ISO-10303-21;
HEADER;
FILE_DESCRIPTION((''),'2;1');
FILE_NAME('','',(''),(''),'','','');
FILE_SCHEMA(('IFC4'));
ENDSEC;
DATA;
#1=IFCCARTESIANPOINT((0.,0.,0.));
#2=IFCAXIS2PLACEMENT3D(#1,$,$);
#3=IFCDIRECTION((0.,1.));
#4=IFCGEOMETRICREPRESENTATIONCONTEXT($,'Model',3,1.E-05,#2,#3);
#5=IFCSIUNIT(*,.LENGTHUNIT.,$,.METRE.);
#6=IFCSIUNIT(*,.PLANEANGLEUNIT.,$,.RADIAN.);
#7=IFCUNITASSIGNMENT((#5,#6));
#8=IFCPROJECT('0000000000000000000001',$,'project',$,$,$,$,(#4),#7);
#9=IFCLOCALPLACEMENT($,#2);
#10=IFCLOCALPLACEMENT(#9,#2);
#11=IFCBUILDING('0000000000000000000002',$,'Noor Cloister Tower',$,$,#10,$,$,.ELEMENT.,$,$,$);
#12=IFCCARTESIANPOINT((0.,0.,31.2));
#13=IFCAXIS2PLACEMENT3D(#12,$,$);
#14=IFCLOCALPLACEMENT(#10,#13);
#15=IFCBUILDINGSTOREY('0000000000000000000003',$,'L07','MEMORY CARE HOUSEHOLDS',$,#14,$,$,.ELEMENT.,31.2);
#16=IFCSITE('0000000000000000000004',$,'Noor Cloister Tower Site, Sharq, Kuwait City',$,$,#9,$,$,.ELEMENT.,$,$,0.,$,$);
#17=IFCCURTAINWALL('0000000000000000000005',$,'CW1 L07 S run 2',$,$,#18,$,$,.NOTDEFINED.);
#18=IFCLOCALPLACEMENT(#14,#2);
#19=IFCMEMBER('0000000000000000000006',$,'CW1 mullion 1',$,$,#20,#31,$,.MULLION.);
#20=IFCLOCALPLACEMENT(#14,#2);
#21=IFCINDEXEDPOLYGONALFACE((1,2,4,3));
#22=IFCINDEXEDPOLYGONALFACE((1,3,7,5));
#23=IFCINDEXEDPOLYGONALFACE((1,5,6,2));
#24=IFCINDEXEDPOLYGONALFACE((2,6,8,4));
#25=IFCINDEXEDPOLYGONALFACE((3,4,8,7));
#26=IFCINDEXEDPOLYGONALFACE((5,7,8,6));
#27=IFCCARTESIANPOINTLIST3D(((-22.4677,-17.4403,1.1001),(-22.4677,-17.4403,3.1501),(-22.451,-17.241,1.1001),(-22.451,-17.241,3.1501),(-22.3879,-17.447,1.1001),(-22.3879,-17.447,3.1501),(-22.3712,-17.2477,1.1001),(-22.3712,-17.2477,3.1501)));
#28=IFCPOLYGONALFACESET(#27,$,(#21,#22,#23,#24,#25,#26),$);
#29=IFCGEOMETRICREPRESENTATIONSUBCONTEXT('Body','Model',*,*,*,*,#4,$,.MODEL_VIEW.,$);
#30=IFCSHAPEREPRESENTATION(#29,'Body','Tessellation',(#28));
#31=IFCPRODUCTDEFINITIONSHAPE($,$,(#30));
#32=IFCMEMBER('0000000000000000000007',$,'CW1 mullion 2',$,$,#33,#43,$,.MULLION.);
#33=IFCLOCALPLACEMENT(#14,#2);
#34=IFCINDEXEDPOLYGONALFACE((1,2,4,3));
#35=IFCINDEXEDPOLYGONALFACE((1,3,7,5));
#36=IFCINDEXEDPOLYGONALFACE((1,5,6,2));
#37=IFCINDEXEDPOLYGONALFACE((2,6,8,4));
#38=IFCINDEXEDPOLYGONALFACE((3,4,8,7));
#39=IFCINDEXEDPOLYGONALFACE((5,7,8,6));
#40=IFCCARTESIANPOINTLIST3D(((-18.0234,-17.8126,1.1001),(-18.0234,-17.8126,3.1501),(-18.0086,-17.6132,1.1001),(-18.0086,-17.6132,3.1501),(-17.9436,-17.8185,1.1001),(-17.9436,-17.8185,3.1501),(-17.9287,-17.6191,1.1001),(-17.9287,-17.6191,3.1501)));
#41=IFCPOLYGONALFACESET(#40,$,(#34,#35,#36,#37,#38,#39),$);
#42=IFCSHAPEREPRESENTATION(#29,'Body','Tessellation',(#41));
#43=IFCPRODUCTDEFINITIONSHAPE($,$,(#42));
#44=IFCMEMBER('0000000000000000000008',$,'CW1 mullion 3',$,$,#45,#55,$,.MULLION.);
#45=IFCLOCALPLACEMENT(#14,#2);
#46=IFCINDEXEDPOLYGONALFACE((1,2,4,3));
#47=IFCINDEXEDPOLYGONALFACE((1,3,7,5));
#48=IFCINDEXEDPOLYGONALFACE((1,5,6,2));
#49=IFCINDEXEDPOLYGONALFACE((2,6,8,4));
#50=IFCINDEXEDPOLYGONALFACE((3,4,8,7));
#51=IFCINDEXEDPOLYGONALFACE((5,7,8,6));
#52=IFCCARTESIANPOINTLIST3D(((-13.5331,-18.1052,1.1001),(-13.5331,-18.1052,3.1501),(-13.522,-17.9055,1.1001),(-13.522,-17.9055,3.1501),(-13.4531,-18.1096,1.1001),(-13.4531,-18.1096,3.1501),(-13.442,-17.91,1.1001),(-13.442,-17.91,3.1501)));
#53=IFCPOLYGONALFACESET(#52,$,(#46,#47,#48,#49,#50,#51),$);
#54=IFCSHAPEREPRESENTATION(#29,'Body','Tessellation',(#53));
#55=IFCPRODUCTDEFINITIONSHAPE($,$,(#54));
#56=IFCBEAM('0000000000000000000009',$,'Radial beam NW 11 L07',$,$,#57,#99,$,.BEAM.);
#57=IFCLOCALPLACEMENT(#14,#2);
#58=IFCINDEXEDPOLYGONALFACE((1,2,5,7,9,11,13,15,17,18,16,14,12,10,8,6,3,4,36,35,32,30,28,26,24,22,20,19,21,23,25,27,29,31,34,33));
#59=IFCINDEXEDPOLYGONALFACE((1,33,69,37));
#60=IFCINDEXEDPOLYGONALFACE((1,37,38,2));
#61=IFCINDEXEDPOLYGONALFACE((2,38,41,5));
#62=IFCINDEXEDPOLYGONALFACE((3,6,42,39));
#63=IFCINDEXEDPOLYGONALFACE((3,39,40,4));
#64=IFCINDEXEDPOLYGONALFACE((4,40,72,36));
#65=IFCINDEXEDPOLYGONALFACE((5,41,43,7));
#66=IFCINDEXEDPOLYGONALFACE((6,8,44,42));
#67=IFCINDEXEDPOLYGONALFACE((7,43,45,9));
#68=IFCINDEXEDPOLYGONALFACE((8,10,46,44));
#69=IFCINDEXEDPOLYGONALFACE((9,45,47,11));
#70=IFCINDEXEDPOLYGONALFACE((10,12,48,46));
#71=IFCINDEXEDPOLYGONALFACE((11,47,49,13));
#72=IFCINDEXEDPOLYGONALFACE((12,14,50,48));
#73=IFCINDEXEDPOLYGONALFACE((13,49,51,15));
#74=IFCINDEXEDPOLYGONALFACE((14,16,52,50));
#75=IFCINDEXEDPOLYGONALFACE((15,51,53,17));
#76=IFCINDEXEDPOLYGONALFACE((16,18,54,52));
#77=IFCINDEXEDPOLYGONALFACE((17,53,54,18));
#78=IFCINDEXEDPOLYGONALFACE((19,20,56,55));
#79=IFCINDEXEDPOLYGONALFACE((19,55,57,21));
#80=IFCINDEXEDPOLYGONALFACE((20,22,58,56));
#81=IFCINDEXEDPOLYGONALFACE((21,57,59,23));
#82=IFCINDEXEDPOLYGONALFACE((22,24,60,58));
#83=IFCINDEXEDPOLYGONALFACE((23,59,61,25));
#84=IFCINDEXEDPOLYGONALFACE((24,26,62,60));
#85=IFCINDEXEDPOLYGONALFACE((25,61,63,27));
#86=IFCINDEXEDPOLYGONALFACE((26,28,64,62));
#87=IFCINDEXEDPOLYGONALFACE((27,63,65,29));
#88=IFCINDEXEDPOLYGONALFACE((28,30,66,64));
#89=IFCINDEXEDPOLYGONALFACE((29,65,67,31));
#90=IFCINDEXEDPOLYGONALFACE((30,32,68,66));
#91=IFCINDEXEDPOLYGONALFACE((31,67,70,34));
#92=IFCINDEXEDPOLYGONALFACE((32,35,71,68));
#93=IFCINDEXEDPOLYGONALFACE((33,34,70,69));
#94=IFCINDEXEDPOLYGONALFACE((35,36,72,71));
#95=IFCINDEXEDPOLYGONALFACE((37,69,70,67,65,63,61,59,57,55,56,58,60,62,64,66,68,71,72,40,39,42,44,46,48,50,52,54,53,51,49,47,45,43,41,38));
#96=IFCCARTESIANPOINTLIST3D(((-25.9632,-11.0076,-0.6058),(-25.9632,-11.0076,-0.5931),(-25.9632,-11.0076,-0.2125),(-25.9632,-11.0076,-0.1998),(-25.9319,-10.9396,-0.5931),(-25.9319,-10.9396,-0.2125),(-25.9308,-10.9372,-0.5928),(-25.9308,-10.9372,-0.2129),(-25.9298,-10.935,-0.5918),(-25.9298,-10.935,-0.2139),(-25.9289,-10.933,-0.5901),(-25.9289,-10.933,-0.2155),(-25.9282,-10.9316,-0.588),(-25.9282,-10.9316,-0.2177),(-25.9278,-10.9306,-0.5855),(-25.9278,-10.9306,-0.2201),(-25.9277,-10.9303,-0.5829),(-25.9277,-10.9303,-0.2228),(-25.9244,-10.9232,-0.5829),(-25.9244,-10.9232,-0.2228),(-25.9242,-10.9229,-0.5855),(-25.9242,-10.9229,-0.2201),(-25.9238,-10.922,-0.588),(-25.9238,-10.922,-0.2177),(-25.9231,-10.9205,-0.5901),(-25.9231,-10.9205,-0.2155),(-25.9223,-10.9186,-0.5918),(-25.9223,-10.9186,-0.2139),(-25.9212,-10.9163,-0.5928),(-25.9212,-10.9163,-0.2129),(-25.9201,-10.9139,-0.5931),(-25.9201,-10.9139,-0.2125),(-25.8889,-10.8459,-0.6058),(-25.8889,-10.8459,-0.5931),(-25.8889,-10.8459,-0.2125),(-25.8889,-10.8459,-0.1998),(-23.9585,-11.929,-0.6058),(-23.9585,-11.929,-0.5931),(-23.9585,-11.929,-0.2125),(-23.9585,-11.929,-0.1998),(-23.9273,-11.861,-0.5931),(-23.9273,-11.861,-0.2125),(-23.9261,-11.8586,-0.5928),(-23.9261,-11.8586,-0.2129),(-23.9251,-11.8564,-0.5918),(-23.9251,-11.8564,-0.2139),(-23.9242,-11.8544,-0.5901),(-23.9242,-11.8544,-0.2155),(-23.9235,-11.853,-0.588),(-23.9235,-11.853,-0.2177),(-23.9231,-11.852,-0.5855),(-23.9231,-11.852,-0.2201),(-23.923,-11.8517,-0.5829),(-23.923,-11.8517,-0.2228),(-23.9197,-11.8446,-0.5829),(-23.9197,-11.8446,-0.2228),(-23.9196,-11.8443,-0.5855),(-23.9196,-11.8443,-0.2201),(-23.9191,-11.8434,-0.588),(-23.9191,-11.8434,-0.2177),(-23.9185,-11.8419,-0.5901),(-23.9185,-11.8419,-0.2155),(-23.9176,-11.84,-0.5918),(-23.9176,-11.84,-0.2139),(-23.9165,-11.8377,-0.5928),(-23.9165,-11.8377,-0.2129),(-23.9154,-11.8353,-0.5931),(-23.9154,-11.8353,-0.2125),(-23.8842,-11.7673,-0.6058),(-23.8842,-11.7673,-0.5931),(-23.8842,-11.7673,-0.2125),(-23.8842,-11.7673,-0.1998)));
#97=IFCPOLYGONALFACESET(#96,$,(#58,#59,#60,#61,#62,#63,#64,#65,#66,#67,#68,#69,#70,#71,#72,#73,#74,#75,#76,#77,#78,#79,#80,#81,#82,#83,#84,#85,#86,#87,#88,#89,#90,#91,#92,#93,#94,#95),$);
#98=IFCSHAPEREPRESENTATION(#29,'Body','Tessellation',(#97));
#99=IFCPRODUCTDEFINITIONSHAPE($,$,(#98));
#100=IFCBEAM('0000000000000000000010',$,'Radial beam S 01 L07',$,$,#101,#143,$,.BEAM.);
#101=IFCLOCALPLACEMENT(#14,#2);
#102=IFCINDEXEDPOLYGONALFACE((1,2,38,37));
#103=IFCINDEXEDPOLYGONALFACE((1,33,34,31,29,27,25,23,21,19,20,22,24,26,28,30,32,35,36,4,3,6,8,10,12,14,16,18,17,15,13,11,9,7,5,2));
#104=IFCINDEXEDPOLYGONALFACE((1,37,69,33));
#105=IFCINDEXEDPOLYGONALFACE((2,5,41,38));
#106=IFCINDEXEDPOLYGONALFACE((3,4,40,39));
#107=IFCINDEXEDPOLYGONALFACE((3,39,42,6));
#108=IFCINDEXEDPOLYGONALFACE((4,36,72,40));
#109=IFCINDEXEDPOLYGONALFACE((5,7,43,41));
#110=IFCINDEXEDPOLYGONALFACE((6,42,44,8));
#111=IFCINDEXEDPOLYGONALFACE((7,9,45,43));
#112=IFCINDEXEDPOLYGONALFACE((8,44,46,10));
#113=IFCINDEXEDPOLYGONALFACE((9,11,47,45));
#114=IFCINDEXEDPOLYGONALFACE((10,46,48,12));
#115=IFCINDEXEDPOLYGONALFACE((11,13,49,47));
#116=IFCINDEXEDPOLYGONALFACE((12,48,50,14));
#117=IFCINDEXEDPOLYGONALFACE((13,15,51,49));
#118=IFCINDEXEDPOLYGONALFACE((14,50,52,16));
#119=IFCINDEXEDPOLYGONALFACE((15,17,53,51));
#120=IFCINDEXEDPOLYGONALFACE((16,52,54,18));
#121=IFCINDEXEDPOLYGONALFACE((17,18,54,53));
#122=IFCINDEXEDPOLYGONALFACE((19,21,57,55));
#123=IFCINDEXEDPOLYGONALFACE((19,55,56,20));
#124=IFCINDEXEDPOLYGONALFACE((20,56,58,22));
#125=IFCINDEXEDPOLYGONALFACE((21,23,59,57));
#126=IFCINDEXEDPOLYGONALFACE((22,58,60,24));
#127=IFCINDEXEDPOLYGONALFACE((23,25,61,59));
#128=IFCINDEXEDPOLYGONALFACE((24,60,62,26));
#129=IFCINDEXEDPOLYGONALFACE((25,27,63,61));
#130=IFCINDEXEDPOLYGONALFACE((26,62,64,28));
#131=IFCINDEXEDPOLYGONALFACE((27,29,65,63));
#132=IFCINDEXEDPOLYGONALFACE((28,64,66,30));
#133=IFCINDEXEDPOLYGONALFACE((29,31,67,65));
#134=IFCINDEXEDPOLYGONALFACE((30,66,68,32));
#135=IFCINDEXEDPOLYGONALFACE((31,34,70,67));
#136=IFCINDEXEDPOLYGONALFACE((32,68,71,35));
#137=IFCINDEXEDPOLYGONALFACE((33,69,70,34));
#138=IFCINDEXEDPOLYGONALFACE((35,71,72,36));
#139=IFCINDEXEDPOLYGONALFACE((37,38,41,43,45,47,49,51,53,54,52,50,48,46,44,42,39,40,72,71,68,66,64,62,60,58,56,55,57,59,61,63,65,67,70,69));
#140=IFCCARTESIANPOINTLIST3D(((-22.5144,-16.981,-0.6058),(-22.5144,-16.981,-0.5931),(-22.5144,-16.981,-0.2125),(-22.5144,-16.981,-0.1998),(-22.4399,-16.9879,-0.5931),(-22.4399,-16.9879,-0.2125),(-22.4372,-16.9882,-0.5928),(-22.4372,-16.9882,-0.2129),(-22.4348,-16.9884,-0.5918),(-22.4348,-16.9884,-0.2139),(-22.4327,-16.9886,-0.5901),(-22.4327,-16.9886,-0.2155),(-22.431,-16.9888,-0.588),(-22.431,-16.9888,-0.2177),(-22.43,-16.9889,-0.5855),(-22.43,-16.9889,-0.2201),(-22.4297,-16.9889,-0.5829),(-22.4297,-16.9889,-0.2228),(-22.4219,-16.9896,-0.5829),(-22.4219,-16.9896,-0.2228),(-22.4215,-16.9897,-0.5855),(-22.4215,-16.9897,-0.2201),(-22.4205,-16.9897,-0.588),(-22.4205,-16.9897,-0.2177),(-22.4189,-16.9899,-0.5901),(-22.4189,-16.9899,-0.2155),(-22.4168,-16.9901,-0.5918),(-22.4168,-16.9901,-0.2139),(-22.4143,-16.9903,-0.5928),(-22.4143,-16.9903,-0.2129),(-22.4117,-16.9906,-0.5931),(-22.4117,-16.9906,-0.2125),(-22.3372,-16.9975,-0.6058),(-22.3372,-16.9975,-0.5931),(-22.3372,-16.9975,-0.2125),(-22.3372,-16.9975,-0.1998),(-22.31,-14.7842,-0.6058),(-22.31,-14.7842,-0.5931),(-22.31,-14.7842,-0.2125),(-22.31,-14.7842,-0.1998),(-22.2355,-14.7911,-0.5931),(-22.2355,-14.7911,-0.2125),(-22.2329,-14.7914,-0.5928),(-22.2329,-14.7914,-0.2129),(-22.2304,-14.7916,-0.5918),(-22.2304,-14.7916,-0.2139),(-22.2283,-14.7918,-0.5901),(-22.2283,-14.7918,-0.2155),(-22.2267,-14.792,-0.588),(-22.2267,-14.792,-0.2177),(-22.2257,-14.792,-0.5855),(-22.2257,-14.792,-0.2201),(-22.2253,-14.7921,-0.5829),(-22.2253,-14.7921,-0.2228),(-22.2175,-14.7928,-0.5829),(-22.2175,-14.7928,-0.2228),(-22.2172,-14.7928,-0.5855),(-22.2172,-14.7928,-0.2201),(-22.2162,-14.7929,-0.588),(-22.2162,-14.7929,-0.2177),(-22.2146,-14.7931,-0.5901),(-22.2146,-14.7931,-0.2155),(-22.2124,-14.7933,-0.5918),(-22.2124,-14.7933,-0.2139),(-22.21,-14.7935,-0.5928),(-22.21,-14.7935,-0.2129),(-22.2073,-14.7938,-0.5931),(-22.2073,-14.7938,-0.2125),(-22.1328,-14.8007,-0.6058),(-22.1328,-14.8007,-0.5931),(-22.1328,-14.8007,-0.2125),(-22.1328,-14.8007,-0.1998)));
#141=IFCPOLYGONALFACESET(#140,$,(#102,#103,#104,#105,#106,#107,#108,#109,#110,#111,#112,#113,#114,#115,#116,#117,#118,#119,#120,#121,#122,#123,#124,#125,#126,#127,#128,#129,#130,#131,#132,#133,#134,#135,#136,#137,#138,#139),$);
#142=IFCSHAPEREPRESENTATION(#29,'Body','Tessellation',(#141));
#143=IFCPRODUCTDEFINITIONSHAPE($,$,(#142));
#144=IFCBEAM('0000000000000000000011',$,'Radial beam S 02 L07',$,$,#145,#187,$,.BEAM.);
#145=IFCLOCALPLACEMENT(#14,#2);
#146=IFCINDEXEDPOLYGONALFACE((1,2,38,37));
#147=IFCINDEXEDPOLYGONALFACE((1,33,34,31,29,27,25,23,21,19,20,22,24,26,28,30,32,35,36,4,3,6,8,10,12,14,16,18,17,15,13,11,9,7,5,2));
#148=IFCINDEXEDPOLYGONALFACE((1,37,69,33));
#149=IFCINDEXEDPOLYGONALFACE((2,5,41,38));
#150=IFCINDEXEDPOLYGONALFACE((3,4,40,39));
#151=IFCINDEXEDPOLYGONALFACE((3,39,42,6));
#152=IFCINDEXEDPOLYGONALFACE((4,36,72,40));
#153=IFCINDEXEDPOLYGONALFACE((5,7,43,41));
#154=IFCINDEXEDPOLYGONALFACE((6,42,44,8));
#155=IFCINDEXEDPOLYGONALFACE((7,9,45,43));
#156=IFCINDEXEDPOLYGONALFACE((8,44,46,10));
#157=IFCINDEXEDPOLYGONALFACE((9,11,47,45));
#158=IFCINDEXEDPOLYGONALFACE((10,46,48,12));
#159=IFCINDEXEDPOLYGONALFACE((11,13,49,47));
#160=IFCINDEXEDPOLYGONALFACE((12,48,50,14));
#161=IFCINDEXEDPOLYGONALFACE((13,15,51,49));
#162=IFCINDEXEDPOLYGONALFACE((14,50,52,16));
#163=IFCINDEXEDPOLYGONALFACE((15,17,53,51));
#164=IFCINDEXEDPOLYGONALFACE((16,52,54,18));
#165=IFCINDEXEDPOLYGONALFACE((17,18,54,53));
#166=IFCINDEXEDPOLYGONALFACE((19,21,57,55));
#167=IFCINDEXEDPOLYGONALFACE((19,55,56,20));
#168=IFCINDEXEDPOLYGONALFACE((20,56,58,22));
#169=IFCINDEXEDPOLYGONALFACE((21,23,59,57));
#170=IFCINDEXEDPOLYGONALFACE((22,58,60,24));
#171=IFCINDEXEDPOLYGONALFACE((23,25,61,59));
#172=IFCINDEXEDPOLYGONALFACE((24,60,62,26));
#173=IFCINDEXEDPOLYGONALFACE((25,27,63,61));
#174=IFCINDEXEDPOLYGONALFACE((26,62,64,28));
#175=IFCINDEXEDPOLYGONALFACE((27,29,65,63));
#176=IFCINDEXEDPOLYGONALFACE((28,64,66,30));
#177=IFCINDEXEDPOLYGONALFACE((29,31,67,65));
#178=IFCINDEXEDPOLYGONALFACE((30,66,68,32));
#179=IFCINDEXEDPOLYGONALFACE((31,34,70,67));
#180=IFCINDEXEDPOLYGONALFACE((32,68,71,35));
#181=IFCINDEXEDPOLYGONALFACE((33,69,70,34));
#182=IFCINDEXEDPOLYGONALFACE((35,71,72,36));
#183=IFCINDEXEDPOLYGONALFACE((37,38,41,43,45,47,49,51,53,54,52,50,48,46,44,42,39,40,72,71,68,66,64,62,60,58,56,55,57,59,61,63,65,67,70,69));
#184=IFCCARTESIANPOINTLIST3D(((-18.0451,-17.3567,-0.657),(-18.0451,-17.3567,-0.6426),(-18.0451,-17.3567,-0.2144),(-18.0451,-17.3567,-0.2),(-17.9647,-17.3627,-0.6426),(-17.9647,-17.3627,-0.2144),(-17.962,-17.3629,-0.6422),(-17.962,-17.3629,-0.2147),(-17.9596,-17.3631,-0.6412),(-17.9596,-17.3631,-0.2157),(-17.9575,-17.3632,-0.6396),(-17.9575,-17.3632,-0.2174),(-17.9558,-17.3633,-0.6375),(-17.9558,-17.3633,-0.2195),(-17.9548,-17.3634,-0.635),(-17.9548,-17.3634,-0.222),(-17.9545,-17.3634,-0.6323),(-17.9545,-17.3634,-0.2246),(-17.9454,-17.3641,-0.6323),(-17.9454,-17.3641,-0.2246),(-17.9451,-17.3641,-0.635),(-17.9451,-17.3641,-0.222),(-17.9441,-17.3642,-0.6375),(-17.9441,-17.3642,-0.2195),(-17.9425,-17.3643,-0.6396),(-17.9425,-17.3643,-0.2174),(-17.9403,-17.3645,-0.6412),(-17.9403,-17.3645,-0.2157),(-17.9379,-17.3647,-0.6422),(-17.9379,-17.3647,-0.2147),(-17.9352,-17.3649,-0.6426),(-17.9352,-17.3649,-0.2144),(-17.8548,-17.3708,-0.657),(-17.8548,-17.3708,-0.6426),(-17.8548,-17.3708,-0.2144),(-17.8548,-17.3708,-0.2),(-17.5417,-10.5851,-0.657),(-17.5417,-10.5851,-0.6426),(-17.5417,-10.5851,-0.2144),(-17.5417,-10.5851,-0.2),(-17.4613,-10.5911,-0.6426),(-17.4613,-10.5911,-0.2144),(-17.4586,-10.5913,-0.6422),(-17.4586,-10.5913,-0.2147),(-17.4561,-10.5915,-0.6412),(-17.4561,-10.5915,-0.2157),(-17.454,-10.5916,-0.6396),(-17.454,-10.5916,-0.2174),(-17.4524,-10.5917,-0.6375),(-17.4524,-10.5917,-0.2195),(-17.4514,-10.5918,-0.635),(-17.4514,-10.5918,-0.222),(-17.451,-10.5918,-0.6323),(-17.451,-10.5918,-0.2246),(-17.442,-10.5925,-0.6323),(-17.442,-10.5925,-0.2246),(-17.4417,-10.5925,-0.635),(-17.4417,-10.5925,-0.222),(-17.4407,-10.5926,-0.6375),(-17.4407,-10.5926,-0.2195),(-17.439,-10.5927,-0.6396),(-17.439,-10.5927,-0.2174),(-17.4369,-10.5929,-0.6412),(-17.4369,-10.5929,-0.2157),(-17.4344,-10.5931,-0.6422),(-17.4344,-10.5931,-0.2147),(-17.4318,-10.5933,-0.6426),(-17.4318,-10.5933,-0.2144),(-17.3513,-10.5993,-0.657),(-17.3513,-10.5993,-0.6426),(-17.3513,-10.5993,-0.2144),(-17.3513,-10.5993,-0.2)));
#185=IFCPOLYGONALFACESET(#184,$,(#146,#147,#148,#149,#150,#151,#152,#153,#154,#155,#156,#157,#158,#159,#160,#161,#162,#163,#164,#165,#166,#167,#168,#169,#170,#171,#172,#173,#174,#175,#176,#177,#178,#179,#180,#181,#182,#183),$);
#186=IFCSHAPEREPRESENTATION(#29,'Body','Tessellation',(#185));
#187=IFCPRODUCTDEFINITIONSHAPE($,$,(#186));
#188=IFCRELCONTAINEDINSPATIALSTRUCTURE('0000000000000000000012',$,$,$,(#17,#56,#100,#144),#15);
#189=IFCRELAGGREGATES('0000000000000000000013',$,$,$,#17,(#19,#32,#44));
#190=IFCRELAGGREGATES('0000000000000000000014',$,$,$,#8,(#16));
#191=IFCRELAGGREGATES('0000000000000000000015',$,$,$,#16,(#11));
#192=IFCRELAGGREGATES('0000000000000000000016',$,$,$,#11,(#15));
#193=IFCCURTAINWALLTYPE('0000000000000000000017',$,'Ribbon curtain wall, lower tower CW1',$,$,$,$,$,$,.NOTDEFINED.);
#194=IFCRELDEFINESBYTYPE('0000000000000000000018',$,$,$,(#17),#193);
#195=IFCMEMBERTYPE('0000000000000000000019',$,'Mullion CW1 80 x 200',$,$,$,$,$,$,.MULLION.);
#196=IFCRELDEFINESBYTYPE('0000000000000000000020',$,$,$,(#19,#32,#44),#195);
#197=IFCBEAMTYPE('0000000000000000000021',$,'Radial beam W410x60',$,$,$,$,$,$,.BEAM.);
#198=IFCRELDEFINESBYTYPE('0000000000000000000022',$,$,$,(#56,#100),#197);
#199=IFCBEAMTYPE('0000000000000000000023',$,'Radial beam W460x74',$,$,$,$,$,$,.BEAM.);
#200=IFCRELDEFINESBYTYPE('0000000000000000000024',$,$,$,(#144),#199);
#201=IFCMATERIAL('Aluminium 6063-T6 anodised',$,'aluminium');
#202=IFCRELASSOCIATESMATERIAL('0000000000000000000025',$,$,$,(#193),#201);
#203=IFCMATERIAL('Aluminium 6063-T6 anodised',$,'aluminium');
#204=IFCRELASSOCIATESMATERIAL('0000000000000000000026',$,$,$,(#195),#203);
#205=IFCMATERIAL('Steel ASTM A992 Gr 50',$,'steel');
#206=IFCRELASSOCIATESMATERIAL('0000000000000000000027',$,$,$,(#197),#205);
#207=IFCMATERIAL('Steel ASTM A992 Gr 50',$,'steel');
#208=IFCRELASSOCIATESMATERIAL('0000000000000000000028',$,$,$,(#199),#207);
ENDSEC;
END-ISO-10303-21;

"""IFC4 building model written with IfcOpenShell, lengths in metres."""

from ifc_helpers import new_model, si_unit, direction, frame, origin, origin_2d, place, context, subcontext, project, spatial, rectangle, i_section, extrude, material, material_profile, profile_set, type_object, element, aggregate, save


model = new_model("IFC4")

# Units and contexts
model_context = context("Model", 3, precision=1e-05, world=origin(), true_north=direction((0.0, 1.0)))
body_context = subcontext(model_context, "Body", "Model", "MODEL_VIEW")
ifc_project = project(units=[si_unit("LENGTHUNIT", "METRE"), si_unit("PLANEANGLEUNIT", "RADIAN")], contexts=[model_context])

# Site, building, storey
site_placement = place(None, origin())
site = spatial("IfcSite", under=ifc_project, at=site_placement, Name="Noor Cloister Tower Site, Sharq, Kuwait City", CompositionType="ELEMENT", RefElevation=0.0)
building_placement = place(site_placement, origin())
building = spatial("IfcBuilding", under=site, at=building_placement, Name="Noor Cloister Tower", CompositionType="ELEMENT")
storey_placement = place(building_placement, frame((0.0, 0.0, 31.2)))
storey = spatial("IfcBuildingStorey", under=building, at=storey_placement, Name="L07", Description="MEMORY CARE HOUSEHOLDS", CompositionType="ELEMENT", Elevation=31.2)

# Curtain wall, members
ifc_material_1 = material(Name="Aluminium 6063-T6 anodised", Category="aluminium")
curtain_wall_type = type_object("IfcCurtainWallType", Name="Ribbon curtain wall, lower tower CW1", PredefinedType="NOTDEFINED", material=ifc_material_1)
curtain_wall_placement = place(storey_placement, origin())
curtain_wall = element("IfcCurtainWall", 1, at=curtain_wall_placement, inside=storey, type_object=curtain_wall_type, Name="CW1 L07 S run 2", PredefinedType="NOTDEFINED")
ifc_material_2 = material(Name="Aluminium 6063-T6 anodised", Category="aluminium")
ifc_material_profile_1 = material_profile(ifc_material_2, rectangle(XDim=0.2, YDim=0.0801, at=origin_2d()), Name="200 x 80 mullion")
ifc_profile_set_1 = profile_set([ifc_material_profile_1], Name="Aluminium 6063-T6 anodised")
member_type = type_object("IfcMemberType", Name="Mullion CW1 80 x 200", PredefinedType="MULLION", material=ifc_profile_set_1)
member_1_placement = place(storey_placement, frame((-22.4194, -17.344, 1.1001), z_axis=(0.0, 0.0, 1.0), x_axis=(0.083396, 0.996517, 0.0)))
member_1 = element("IfcMember", 2, at=member_1_placement, type_object=member_type, Name="CW1 mullion 1", PredefinedType="MULLION", context=body_context, shape_type="SweptSolid", body=[
    extrude(rectangle(XDim=0.2, YDim=0.0801, at=origin_2d()), origin(), (0.0, 0.0, 1.0), 2.05),
])
member_2_placement = place(storey_placement, frame((-17.9761, -17.7158, 1.1001), z_axis=(0.0, 0.0, 1.0), x_axis=(0.074147, 0.997247, 0.0)))
member_2 = element("IfcMember", 3, at=member_2_placement, type_object=member_type, Name="CW1 mullion 2", PredefinedType="MULLION", context=body_context, shape_type="SweptSolid", body=[
    extrude(rectangle(XDim=0.2, YDim=0.0801, at=origin_2d()), origin(), (0.0, 0.0, 1.0), 2.05),
])
member_3_placement = place(storey_placement, frame((-13.4875, -18.0076, 1.1001), z_axis=(0.0, 0.0, 1.0), x_axis=(0.055633, 0.998451, 0.0)))
member_3 = element("IfcMember", 4, at=member_3_placement, type_object=member_type, Name="CW1 mullion 3", PredefinedType="MULLION", context=body_context, shape_type="SweptSolid", body=[
    extrude(rectangle(XDim=0.2, YDim=0.0801, at=origin_2d()), origin(), (0.0, 0.0, 1.0), 2.05),
])

# Beams
ifc_material_3 = material(Name="Steel ASTM A992 Gr 50", Category="steel")
ifc_material_profile_2 = material_profile(ifc_material_3, i_section(OverallWidth=0.178, OverallDepth=0.406, WebThickness=0.0078, FlangeThickness=0.0127, FilletRadius=0.0103, at=origin_2d()), Name="W410x60")
ifc_profile_set_2 = profile_set([ifc_material_profile_2], Name="Steel ASTM A992 Gr 50")
beam_type_1 = type_object("IfcBeamType", Name="Radial beam W410x60", PredefinedType="BEAM", material=ifc_profile_set_2)
for number, where, z_axis, x_axis, name in (
    (5, (-25.926, -10.9268, -0.4028), (0.908619, -0.417626, 0.0), (0.417626, 0.908619, 0.0), "Radial beam NW 11 L07"),
    (6, (-22.4258, -16.9893, -0.4028), (0.092621, 0.995701, 0.0), (-0.995701, 0.092621, 0.0), "Radial beam S 01 L07"),
):
    element("IfcBeam", number, at=place(storey_placement, frame(where, z_axis=z_axis, x_axis=x_axis)), inside=storey, type_object=beam_type_1, Name=name, PredefinedType="BEAM", context=body_context, shape_type="SweptSolid", body=[
        extrude(i_section(OverallWidth=0.178, OverallDepth=0.406, WebThickness=0.0078, FlangeThickness=0.0127, FilletRadius=0.0103, at=origin_2d()), origin(), (0.0, 0.0, 1.0), 2.2063),
    ])
ifc_material_4 = material(Name="Steel ASTM A992 Gr 50", Category="steel")
ifc_material_profile_3 = material_profile(ifc_material_4, i_section(OverallWidth=0.1909, OverallDepth=0.457, WebThickness=0.009, FlangeThickness=0.0144, FilletRadius=0.0103, at=origin_2d()), Name="W460x74")
ifc_profile_set_3 = profile_set([ifc_material_profile_3], Name="Steel ASTM A992 Gr 50")
beam_type_2 = type_object("IfcBeamType", Name="Radial beam W460x74", PredefinedType="BEAM", material=ifc_profile_set_3)
beam_1_placement = place(storey_placement, frame((-17.95, -17.3638, -0.4285), z_axis=(0.074139, 0.997248, 0.0), x_axis=(-0.997248, 0.074139, 0.0)))
element("IfcBeam", 7, at=beam_1_placement, inside=storey, type_object=beam_type_2, Name="Radial beam S 02 L07", PredefinedType="BEAM", context=body_context, shape_type="SweptSolid", body=[
    extrude(i_section(OverallWidth=0.1909, OverallDepth=0.457, WebThickness=0.009, FlangeThickness=0.0144, FilletRadius=0.0103, at=origin_2d()), origin(), (0.0, 0.0, 1.0), 6.7903),
])

aggregate(curtain_wall, [member_1, member_2, member_3])

save(model, "model.ifc")
